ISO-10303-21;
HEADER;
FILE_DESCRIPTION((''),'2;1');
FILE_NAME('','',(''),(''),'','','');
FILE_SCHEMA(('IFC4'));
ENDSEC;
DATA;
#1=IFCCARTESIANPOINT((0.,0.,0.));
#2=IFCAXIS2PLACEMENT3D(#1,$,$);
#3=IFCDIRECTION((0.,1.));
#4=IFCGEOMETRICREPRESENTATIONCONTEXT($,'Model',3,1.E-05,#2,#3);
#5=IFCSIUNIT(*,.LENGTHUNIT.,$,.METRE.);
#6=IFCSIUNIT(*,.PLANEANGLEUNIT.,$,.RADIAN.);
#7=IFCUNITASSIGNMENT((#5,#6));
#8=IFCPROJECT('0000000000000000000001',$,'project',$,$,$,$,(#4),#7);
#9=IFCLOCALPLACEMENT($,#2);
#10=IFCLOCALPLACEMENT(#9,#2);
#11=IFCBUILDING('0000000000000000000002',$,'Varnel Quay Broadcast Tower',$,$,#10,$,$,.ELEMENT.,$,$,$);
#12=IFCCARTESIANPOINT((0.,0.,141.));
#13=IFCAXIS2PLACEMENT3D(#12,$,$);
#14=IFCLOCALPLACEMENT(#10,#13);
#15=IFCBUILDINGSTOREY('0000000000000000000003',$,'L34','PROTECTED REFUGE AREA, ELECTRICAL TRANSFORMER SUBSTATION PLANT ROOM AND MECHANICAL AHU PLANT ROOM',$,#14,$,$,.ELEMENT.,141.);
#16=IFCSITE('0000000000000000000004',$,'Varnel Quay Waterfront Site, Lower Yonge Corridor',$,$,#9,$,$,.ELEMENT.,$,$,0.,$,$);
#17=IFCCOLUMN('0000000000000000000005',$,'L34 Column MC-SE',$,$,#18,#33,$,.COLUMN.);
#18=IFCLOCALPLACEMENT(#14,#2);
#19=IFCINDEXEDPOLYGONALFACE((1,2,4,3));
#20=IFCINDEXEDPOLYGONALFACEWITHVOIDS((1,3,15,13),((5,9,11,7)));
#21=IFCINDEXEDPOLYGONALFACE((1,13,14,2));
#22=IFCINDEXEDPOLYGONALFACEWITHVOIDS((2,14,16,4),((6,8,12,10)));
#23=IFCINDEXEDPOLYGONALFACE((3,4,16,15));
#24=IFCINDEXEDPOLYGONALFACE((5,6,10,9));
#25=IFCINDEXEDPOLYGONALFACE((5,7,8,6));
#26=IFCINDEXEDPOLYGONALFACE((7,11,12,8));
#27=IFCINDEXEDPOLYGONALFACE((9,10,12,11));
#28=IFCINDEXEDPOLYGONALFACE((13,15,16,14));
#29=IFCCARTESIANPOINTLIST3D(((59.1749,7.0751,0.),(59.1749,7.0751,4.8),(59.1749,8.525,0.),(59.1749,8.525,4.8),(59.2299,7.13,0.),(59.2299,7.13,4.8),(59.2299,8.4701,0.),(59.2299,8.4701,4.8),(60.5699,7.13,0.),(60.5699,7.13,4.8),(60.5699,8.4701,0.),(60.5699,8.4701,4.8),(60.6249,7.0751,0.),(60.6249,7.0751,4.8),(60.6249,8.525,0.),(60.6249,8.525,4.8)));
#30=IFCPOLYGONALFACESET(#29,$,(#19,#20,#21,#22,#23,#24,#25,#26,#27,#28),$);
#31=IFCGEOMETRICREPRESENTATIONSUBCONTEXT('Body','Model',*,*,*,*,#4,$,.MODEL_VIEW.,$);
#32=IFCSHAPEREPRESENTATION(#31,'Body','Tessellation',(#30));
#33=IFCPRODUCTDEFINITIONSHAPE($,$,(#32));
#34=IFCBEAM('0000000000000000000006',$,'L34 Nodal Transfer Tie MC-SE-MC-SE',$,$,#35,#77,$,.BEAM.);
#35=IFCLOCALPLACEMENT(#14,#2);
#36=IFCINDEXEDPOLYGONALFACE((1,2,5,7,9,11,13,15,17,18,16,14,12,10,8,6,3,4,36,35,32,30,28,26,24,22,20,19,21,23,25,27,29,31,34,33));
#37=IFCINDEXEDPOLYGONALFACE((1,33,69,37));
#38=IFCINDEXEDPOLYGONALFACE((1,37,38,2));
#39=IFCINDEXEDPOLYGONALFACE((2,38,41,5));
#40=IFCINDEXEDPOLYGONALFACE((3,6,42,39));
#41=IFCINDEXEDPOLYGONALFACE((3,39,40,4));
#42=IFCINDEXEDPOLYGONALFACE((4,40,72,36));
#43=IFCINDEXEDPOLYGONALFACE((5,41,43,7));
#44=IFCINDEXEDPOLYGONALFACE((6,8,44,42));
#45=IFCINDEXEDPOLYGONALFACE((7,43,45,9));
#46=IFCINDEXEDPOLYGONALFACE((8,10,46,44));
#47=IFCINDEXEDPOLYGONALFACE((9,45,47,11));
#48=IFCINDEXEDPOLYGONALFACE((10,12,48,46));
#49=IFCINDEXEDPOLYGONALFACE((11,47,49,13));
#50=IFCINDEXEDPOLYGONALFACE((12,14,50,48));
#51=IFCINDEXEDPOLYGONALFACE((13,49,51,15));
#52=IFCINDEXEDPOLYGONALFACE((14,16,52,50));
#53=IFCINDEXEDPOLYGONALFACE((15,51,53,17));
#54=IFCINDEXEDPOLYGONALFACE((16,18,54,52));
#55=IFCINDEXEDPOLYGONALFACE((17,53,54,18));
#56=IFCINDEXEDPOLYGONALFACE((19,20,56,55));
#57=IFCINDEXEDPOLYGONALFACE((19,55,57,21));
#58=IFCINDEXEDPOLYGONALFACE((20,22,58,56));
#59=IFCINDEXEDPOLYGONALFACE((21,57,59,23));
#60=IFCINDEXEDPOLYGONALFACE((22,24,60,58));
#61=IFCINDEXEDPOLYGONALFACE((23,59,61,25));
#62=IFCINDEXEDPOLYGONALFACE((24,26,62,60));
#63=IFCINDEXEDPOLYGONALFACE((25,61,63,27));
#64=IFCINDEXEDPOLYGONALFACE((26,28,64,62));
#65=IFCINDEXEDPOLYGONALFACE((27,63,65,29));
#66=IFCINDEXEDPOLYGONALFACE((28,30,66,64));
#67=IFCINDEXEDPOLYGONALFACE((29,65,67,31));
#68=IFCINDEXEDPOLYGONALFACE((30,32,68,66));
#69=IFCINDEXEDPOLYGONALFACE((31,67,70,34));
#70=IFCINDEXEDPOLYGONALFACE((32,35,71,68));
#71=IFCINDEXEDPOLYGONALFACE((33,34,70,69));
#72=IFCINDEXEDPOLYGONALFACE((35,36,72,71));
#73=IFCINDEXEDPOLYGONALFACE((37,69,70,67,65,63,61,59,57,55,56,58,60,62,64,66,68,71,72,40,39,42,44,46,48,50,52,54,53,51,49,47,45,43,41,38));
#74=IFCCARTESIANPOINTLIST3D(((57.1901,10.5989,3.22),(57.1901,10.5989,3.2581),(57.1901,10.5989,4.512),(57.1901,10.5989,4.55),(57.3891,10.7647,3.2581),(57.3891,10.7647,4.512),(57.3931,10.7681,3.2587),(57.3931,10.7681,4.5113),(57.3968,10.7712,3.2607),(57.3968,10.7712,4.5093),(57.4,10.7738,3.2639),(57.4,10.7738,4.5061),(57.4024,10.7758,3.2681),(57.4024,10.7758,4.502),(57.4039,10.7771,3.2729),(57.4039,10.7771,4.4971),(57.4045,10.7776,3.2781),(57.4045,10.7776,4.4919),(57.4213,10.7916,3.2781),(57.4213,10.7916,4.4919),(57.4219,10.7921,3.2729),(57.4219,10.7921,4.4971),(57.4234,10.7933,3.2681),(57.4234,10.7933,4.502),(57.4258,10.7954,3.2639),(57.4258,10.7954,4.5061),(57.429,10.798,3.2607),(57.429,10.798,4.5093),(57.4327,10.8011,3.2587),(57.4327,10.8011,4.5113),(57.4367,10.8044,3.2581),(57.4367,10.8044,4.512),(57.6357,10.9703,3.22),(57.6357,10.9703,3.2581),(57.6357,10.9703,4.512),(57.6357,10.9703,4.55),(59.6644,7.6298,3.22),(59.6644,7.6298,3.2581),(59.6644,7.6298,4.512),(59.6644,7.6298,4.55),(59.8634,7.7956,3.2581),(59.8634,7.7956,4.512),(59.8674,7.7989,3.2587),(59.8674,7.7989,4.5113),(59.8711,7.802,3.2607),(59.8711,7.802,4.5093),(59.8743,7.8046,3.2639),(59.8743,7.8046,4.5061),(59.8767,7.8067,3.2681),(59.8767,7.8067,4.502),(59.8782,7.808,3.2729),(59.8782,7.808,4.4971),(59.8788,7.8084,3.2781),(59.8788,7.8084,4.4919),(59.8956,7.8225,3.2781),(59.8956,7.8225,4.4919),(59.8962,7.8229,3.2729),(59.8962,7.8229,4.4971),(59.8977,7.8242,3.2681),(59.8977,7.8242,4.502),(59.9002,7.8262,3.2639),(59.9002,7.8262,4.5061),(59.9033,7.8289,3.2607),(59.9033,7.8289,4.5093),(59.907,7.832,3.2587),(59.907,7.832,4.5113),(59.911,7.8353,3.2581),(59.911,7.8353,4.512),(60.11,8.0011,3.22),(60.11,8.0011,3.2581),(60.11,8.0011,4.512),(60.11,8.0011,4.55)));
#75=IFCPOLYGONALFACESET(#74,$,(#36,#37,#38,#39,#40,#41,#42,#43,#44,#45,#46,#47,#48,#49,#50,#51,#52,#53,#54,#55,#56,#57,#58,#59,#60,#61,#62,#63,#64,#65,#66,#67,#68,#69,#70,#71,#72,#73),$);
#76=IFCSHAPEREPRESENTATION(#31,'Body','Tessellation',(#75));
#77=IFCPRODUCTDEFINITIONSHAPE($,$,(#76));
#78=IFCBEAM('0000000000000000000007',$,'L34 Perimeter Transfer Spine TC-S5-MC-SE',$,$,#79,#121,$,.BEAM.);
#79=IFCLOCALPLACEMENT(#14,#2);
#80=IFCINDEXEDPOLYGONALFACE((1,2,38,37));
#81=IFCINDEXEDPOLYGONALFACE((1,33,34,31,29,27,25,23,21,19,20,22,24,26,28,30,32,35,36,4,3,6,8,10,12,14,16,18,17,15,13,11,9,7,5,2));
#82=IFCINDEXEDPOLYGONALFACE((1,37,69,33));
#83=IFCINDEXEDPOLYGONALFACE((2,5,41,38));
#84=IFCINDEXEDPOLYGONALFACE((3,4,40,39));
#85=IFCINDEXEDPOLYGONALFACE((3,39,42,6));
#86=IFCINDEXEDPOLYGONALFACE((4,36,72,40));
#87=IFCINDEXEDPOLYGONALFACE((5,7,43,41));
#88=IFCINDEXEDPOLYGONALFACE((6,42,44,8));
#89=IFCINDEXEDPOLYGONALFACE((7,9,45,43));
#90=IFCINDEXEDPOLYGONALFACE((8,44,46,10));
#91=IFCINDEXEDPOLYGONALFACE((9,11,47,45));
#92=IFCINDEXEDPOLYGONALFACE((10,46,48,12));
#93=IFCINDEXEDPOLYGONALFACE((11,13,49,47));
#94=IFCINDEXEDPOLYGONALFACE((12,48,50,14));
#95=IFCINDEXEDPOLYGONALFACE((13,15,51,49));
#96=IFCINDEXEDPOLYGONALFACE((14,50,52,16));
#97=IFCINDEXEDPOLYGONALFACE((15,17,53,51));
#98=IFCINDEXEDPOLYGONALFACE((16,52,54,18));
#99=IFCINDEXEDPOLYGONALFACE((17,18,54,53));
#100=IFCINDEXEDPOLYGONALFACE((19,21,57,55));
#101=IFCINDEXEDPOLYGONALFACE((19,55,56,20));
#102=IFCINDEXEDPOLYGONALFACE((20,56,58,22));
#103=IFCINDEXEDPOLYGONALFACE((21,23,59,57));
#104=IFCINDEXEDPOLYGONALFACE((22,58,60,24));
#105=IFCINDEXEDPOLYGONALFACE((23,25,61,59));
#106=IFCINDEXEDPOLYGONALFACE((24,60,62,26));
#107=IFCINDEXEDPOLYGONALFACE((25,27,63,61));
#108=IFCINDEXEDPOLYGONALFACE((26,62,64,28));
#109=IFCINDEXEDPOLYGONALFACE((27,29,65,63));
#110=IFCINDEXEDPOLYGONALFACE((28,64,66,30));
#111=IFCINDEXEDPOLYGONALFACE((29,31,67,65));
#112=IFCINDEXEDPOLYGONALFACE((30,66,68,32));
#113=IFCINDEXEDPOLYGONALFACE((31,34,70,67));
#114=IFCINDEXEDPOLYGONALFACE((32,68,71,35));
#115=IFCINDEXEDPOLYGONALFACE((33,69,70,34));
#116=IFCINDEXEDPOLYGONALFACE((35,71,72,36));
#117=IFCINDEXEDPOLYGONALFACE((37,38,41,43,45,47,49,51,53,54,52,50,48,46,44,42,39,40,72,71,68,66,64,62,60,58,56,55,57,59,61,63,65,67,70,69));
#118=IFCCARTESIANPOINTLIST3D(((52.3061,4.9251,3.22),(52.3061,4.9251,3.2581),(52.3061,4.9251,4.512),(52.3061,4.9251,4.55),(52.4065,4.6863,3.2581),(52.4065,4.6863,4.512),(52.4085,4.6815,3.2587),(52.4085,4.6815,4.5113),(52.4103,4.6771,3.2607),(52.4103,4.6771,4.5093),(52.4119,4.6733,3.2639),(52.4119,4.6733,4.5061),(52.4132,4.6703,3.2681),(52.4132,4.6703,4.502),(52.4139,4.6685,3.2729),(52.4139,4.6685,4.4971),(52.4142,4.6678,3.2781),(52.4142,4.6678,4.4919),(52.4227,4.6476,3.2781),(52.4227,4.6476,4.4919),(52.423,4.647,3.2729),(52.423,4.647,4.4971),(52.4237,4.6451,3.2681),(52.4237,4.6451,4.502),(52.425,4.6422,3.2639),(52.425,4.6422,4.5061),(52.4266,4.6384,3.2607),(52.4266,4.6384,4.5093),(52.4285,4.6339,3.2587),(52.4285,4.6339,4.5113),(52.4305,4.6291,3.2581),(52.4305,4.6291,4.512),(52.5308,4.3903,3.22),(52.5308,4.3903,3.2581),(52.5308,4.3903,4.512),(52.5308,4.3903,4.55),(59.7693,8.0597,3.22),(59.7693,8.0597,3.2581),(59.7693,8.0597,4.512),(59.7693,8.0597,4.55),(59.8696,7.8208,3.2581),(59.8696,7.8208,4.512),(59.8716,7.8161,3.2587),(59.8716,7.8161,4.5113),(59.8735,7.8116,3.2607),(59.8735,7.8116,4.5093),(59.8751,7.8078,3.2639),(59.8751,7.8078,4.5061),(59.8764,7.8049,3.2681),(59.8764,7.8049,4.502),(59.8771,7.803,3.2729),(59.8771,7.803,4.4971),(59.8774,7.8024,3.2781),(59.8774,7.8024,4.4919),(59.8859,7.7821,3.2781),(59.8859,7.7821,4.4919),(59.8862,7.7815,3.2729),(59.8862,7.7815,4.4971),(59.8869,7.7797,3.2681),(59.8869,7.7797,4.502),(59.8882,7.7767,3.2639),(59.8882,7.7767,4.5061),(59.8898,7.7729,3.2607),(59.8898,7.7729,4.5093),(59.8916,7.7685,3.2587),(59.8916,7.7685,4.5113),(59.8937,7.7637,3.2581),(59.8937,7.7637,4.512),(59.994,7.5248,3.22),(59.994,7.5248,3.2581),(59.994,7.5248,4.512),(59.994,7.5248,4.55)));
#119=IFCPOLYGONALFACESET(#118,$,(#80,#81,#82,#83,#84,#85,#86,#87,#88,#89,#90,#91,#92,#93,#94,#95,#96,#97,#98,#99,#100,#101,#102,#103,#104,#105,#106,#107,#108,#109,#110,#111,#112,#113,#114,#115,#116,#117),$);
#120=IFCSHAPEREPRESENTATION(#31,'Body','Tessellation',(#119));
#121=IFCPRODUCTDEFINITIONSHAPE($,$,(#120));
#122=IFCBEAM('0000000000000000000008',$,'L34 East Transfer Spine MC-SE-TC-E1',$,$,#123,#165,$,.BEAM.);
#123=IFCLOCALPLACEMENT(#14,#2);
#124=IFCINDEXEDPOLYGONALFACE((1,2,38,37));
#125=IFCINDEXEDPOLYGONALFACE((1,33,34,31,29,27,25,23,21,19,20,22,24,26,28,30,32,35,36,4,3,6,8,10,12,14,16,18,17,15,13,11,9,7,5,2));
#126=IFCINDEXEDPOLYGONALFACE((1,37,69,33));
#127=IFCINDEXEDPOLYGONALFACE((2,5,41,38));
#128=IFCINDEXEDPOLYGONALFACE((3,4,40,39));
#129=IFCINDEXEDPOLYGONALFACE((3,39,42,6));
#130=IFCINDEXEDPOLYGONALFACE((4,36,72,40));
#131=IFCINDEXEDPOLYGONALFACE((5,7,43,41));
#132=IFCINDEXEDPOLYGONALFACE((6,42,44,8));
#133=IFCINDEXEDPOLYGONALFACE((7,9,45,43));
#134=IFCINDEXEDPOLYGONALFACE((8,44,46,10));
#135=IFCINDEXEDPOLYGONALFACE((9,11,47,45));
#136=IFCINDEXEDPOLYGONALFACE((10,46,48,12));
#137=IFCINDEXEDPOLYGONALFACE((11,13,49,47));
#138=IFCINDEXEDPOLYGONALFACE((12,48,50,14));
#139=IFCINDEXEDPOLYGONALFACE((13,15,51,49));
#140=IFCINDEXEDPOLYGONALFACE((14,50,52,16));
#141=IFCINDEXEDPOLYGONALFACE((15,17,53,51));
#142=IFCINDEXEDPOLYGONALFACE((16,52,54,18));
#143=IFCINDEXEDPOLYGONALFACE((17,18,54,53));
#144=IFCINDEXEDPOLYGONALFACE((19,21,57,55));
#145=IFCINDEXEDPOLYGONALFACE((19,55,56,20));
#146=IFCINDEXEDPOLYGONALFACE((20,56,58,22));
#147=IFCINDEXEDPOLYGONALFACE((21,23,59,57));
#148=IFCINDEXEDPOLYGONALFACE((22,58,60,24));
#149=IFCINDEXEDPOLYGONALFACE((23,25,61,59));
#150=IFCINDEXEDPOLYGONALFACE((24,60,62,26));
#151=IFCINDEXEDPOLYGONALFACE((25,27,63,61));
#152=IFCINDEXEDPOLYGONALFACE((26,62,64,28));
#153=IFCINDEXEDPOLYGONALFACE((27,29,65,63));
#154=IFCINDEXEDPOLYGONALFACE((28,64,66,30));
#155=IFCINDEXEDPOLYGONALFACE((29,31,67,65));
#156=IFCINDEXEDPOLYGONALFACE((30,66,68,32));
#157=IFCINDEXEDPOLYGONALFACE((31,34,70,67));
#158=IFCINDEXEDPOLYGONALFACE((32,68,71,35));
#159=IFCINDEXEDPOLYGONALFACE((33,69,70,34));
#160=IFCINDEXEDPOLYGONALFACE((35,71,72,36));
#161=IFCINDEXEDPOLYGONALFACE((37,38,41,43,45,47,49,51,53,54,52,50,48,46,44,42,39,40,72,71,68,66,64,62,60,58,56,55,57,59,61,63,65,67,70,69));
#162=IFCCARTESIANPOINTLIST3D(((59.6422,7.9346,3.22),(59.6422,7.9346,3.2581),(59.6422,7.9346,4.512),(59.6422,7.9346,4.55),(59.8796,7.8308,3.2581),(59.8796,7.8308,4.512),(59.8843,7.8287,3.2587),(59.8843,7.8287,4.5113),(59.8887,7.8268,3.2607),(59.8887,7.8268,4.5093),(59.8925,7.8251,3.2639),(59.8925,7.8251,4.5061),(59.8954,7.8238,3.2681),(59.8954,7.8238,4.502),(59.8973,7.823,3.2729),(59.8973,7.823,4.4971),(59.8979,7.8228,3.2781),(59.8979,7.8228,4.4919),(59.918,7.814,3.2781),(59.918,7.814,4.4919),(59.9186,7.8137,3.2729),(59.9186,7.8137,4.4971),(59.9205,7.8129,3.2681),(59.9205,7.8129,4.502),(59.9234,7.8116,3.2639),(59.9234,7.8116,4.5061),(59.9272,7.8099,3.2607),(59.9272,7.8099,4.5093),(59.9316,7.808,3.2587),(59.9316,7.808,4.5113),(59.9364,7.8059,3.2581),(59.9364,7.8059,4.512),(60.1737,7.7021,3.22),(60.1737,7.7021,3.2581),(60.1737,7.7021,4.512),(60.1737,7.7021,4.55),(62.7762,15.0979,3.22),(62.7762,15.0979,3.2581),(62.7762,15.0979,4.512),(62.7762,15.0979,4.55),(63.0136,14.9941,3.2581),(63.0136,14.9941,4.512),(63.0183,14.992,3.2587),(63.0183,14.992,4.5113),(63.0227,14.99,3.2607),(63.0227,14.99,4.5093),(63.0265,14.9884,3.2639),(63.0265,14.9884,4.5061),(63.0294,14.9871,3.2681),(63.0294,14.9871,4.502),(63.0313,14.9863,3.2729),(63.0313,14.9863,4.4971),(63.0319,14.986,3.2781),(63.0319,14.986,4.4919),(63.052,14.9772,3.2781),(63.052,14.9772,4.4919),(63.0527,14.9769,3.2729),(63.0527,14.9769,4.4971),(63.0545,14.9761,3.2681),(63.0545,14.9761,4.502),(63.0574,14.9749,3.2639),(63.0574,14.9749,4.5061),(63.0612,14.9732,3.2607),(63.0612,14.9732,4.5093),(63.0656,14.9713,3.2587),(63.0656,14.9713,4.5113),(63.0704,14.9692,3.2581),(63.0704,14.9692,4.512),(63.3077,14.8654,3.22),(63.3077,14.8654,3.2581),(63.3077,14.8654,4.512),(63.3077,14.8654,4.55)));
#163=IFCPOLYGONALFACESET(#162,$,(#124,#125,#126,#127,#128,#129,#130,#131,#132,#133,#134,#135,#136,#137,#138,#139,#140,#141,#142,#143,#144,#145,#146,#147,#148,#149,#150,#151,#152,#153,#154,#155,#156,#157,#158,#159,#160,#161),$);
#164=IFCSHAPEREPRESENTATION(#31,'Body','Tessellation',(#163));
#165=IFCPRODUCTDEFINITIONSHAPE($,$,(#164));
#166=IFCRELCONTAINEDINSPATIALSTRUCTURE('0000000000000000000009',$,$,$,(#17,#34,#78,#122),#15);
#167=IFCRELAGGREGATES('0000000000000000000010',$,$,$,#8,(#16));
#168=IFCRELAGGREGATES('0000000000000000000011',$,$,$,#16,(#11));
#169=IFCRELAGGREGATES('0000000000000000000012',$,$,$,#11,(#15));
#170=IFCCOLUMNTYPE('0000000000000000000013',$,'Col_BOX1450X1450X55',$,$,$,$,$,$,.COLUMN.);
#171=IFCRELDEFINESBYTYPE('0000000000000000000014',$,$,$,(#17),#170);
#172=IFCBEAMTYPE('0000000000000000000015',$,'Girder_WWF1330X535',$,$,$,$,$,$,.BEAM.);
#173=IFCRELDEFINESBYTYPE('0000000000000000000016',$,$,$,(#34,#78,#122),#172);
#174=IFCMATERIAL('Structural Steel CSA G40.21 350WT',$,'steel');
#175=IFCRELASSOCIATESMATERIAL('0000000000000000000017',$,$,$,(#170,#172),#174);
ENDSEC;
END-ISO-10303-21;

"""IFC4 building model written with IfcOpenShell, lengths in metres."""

from ifc_helpers import new_model, si_unit, direction, frame, origin, origin_2d, place, context, subcontext, project, spatial, hollow_rectangle, i_section, extrude, source, transform, mapped, material, material_profile, profile_set, type_object, type_shapes, element, save


model = new_model("IFC4")

# Units and contexts
model_context = context("Model", 3, precision=1e-05, world=origin(), true_north=direction((0.0, 1.0)))
body_context = subcontext(model_context, "Body", "Model", "MODEL_VIEW")
ifc_project = project(units=[si_unit("LENGTHUNIT", "METRE"), si_unit("PLANEANGLEUNIT", "RADIAN")], contexts=[model_context])

# Site, building, storey
site_placement = place(None, origin())
site = spatial("IfcSite", under=ifc_project, at=site_placement, Name="Varnel Quay Waterfront Site, Lower Yonge Corridor", CompositionType="ELEMENT", RefElevation=0.0)
building_placement = place(site_placement, origin())
building = spatial("IfcBuilding", under=site, at=building_placement, Name="Varnel Quay Broadcast Tower", CompositionType="ELEMENT")
storey_placement = place(building_placement, frame((0.0, 0.0, 141.0)))
storey = spatial("IfcBuildingStorey", under=building, at=storey_placement, Name="L34", Description="PROTECTED REFUGE AREA, ELECTRICAL TRANSFORMER SUBSTATION PLANT ROOM AND MECHANICAL AHU PLANT ROOM", CompositionType="ELEMENT", Elevation=141.0)

# Column
ifc_material_1 = material(Name="Structural Steel CSA G40.21 350WT", Category="steel")
ifc_material_profile_1 = material_profile(ifc_material_1, hollow_rectangle(XDim=1.45, YDim=1.45, WallThickness=0.0549, at=origin_2d()), Name="BOX1450X1450X55")
ifc_profile_set_1 = profile_set([ifc_material_profile_1], Name="Structural Steel CSA G40.21 350WT")
column_type = type_object("IfcColumnType", Name="Col_BOX1450X1450X55", PredefinedType="COLUMN", material=ifc_profile_set_1)
shared_shape_1 = source(origin(), body_context, "Body", "SweptSolid", [
    extrude(hollow_rectangle(XDim=1.45, YDim=1.45, WallThickness=0.0549, at=origin_2d()), origin(), (0.0, 0.0, 1.0), 4.8),
])
type_shapes(column_type, [shared_shape_1])
column_placement = place(storey_placement, frame((59.8999, 7.8, 0.0), z_axis=(0.0, 0.0, 1.0), x_axis=(1.0, 0.0, 0.0)))
element("IfcColumn", 1, at=column_placement, inside=storey, type_object=column_type, Name="L34 Column MC-SE", PredefinedType="COLUMN", context=body_context, shape_type="MappedRepresentation", body=[
    mapped(shared_shape_1, transform((0.0, 0.0, 0.0), x_axis=(1.0, 0.0, 0.0), y_axis=(0.0, 1.0, 0.0), z_axis=(0.0, 0.0, 1.0), scale=1.0)),
])

# Beams
ifc_material_profile_2 = material_profile(ifc_material_1, i_section(OverallWidth=0.5801, OverallDepth=1.3301, WebThickness=0.022, FlangeThickness=0.0381, FilletRadius=0.02, at=origin_2d()), Name="WWF1330X535")
ifc_profile_set_2 = profile_set([ifc_material_profile_2], Name="Structural Steel CSA G40.21 350WT")
beam_type_1 = type_object("IfcBeamType", Name="Girder_WWF1330X535", PredefinedType="BEAM", material=ifc_profile_set_2)
shared_shape_2 = source(origin(), body_context, "Body", "SweptSolid", [
    extrude(i_section(OverallWidth=0.5801, OverallDepth=1.3301, WebThickness=0.022, FlangeThickness=0.0381, FilletRadius=0.02, at=origin_2d()), origin(), (0.0, 0.0, 1.0), 3.865),
])
beam_1_placement = place(storey_placement, frame((59.8872, 7.8154, 3.885), z_axis=(-0.640184, 0.768221, 0.0), x_axis=(-0.768221, -0.640184, 0.0)))
element("IfcBeam", 2, at=beam_1_placement, inside=storey, type_object=beam_type_1, Name="L34 Nodal Transfer Tie MC-SE-MC-SE", PredefinedType="BEAM", context=body_context, shape_type="MappedRepresentation", body=[
    mapped(shared_shape_2, transform((0.0, 0.0, 0.0), x_axis=(1.0, 0.0, 0.0), y_axis=(0.0, 1.0, 0.0), z_axis=(0.0, 0.0, 1.0), scale=1.0)),
])
shared_shape_3 = source(origin(), body_context, "Body", "SweptSolid", [
    extrude(i_section(OverallWidth=0.5801, OverallDepth=1.3301, WebThickness=0.022, FlangeThickness=0.0381, FilletRadius=0.02, at=origin_2d()), origin(), (0.0, 0.0, 1.0), 8.0947),
])
beam_2_placement = place(storey_placement, frame((52.4185, 4.6577, 3.885), z_axis=(0.921982, 0.387233, 0.0), x_axis=(-0.387233, 0.921982, 0.0)))
element("IfcBeam", 3, at=beam_2_placement, inside=storey, type_object=beam_type_1, Name="L34 Perimeter Transfer Spine TC-S5-MC-SE", PredefinedType="BEAM", context=body_context, shape_type="MappedRepresentation", body=[
    mapped(shared_shape_3, transform((0.0, 0.0, 0.0), x_axis=(1.0, 0.0, 0.0), y_axis=(0.0, 1.0, 0.0), z_axis=(0.0, 0.0, 1.0), scale=1.0)),
])
shared_shape_4 = source(origin(), body_context, "Body", "SweptSolid", [
    extrude(i_section(OverallWidth=0.5801, OverallDepth=1.3301, WebThickness=0.022, FlangeThickness=0.0381, FilletRadius=0.02, at=origin_2d()), origin(), (0.0, 0.0, 1.0), 7.8188),
])
beam_3_placement = place(storey_placement, frame((59.908, 7.8184, 3.885), z_axis=(0.400827, 0.916154, 0.0), x_axis=(-0.916154, 0.400827, 0.0)))
element("IfcBeam", 4, at=beam_3_placement, inside=storey, type_object=beam_type_1, Name="L34 East Transfer Spine MC-SE-TC-E1", PredefinedType="BEAM", context=body_context, shape_type="MappedRepresentation", body=[
    mapped(shared_shape_4, transform((0.0, 0.0, 0.0), x_axis=(1.0, 0.0, 0.0), y_axis=(0.0, 1.0, 0.0), z_axis=(0.0, 0.0, 1.0), scale=1.0)),
])

save(model, "model.ifc")
